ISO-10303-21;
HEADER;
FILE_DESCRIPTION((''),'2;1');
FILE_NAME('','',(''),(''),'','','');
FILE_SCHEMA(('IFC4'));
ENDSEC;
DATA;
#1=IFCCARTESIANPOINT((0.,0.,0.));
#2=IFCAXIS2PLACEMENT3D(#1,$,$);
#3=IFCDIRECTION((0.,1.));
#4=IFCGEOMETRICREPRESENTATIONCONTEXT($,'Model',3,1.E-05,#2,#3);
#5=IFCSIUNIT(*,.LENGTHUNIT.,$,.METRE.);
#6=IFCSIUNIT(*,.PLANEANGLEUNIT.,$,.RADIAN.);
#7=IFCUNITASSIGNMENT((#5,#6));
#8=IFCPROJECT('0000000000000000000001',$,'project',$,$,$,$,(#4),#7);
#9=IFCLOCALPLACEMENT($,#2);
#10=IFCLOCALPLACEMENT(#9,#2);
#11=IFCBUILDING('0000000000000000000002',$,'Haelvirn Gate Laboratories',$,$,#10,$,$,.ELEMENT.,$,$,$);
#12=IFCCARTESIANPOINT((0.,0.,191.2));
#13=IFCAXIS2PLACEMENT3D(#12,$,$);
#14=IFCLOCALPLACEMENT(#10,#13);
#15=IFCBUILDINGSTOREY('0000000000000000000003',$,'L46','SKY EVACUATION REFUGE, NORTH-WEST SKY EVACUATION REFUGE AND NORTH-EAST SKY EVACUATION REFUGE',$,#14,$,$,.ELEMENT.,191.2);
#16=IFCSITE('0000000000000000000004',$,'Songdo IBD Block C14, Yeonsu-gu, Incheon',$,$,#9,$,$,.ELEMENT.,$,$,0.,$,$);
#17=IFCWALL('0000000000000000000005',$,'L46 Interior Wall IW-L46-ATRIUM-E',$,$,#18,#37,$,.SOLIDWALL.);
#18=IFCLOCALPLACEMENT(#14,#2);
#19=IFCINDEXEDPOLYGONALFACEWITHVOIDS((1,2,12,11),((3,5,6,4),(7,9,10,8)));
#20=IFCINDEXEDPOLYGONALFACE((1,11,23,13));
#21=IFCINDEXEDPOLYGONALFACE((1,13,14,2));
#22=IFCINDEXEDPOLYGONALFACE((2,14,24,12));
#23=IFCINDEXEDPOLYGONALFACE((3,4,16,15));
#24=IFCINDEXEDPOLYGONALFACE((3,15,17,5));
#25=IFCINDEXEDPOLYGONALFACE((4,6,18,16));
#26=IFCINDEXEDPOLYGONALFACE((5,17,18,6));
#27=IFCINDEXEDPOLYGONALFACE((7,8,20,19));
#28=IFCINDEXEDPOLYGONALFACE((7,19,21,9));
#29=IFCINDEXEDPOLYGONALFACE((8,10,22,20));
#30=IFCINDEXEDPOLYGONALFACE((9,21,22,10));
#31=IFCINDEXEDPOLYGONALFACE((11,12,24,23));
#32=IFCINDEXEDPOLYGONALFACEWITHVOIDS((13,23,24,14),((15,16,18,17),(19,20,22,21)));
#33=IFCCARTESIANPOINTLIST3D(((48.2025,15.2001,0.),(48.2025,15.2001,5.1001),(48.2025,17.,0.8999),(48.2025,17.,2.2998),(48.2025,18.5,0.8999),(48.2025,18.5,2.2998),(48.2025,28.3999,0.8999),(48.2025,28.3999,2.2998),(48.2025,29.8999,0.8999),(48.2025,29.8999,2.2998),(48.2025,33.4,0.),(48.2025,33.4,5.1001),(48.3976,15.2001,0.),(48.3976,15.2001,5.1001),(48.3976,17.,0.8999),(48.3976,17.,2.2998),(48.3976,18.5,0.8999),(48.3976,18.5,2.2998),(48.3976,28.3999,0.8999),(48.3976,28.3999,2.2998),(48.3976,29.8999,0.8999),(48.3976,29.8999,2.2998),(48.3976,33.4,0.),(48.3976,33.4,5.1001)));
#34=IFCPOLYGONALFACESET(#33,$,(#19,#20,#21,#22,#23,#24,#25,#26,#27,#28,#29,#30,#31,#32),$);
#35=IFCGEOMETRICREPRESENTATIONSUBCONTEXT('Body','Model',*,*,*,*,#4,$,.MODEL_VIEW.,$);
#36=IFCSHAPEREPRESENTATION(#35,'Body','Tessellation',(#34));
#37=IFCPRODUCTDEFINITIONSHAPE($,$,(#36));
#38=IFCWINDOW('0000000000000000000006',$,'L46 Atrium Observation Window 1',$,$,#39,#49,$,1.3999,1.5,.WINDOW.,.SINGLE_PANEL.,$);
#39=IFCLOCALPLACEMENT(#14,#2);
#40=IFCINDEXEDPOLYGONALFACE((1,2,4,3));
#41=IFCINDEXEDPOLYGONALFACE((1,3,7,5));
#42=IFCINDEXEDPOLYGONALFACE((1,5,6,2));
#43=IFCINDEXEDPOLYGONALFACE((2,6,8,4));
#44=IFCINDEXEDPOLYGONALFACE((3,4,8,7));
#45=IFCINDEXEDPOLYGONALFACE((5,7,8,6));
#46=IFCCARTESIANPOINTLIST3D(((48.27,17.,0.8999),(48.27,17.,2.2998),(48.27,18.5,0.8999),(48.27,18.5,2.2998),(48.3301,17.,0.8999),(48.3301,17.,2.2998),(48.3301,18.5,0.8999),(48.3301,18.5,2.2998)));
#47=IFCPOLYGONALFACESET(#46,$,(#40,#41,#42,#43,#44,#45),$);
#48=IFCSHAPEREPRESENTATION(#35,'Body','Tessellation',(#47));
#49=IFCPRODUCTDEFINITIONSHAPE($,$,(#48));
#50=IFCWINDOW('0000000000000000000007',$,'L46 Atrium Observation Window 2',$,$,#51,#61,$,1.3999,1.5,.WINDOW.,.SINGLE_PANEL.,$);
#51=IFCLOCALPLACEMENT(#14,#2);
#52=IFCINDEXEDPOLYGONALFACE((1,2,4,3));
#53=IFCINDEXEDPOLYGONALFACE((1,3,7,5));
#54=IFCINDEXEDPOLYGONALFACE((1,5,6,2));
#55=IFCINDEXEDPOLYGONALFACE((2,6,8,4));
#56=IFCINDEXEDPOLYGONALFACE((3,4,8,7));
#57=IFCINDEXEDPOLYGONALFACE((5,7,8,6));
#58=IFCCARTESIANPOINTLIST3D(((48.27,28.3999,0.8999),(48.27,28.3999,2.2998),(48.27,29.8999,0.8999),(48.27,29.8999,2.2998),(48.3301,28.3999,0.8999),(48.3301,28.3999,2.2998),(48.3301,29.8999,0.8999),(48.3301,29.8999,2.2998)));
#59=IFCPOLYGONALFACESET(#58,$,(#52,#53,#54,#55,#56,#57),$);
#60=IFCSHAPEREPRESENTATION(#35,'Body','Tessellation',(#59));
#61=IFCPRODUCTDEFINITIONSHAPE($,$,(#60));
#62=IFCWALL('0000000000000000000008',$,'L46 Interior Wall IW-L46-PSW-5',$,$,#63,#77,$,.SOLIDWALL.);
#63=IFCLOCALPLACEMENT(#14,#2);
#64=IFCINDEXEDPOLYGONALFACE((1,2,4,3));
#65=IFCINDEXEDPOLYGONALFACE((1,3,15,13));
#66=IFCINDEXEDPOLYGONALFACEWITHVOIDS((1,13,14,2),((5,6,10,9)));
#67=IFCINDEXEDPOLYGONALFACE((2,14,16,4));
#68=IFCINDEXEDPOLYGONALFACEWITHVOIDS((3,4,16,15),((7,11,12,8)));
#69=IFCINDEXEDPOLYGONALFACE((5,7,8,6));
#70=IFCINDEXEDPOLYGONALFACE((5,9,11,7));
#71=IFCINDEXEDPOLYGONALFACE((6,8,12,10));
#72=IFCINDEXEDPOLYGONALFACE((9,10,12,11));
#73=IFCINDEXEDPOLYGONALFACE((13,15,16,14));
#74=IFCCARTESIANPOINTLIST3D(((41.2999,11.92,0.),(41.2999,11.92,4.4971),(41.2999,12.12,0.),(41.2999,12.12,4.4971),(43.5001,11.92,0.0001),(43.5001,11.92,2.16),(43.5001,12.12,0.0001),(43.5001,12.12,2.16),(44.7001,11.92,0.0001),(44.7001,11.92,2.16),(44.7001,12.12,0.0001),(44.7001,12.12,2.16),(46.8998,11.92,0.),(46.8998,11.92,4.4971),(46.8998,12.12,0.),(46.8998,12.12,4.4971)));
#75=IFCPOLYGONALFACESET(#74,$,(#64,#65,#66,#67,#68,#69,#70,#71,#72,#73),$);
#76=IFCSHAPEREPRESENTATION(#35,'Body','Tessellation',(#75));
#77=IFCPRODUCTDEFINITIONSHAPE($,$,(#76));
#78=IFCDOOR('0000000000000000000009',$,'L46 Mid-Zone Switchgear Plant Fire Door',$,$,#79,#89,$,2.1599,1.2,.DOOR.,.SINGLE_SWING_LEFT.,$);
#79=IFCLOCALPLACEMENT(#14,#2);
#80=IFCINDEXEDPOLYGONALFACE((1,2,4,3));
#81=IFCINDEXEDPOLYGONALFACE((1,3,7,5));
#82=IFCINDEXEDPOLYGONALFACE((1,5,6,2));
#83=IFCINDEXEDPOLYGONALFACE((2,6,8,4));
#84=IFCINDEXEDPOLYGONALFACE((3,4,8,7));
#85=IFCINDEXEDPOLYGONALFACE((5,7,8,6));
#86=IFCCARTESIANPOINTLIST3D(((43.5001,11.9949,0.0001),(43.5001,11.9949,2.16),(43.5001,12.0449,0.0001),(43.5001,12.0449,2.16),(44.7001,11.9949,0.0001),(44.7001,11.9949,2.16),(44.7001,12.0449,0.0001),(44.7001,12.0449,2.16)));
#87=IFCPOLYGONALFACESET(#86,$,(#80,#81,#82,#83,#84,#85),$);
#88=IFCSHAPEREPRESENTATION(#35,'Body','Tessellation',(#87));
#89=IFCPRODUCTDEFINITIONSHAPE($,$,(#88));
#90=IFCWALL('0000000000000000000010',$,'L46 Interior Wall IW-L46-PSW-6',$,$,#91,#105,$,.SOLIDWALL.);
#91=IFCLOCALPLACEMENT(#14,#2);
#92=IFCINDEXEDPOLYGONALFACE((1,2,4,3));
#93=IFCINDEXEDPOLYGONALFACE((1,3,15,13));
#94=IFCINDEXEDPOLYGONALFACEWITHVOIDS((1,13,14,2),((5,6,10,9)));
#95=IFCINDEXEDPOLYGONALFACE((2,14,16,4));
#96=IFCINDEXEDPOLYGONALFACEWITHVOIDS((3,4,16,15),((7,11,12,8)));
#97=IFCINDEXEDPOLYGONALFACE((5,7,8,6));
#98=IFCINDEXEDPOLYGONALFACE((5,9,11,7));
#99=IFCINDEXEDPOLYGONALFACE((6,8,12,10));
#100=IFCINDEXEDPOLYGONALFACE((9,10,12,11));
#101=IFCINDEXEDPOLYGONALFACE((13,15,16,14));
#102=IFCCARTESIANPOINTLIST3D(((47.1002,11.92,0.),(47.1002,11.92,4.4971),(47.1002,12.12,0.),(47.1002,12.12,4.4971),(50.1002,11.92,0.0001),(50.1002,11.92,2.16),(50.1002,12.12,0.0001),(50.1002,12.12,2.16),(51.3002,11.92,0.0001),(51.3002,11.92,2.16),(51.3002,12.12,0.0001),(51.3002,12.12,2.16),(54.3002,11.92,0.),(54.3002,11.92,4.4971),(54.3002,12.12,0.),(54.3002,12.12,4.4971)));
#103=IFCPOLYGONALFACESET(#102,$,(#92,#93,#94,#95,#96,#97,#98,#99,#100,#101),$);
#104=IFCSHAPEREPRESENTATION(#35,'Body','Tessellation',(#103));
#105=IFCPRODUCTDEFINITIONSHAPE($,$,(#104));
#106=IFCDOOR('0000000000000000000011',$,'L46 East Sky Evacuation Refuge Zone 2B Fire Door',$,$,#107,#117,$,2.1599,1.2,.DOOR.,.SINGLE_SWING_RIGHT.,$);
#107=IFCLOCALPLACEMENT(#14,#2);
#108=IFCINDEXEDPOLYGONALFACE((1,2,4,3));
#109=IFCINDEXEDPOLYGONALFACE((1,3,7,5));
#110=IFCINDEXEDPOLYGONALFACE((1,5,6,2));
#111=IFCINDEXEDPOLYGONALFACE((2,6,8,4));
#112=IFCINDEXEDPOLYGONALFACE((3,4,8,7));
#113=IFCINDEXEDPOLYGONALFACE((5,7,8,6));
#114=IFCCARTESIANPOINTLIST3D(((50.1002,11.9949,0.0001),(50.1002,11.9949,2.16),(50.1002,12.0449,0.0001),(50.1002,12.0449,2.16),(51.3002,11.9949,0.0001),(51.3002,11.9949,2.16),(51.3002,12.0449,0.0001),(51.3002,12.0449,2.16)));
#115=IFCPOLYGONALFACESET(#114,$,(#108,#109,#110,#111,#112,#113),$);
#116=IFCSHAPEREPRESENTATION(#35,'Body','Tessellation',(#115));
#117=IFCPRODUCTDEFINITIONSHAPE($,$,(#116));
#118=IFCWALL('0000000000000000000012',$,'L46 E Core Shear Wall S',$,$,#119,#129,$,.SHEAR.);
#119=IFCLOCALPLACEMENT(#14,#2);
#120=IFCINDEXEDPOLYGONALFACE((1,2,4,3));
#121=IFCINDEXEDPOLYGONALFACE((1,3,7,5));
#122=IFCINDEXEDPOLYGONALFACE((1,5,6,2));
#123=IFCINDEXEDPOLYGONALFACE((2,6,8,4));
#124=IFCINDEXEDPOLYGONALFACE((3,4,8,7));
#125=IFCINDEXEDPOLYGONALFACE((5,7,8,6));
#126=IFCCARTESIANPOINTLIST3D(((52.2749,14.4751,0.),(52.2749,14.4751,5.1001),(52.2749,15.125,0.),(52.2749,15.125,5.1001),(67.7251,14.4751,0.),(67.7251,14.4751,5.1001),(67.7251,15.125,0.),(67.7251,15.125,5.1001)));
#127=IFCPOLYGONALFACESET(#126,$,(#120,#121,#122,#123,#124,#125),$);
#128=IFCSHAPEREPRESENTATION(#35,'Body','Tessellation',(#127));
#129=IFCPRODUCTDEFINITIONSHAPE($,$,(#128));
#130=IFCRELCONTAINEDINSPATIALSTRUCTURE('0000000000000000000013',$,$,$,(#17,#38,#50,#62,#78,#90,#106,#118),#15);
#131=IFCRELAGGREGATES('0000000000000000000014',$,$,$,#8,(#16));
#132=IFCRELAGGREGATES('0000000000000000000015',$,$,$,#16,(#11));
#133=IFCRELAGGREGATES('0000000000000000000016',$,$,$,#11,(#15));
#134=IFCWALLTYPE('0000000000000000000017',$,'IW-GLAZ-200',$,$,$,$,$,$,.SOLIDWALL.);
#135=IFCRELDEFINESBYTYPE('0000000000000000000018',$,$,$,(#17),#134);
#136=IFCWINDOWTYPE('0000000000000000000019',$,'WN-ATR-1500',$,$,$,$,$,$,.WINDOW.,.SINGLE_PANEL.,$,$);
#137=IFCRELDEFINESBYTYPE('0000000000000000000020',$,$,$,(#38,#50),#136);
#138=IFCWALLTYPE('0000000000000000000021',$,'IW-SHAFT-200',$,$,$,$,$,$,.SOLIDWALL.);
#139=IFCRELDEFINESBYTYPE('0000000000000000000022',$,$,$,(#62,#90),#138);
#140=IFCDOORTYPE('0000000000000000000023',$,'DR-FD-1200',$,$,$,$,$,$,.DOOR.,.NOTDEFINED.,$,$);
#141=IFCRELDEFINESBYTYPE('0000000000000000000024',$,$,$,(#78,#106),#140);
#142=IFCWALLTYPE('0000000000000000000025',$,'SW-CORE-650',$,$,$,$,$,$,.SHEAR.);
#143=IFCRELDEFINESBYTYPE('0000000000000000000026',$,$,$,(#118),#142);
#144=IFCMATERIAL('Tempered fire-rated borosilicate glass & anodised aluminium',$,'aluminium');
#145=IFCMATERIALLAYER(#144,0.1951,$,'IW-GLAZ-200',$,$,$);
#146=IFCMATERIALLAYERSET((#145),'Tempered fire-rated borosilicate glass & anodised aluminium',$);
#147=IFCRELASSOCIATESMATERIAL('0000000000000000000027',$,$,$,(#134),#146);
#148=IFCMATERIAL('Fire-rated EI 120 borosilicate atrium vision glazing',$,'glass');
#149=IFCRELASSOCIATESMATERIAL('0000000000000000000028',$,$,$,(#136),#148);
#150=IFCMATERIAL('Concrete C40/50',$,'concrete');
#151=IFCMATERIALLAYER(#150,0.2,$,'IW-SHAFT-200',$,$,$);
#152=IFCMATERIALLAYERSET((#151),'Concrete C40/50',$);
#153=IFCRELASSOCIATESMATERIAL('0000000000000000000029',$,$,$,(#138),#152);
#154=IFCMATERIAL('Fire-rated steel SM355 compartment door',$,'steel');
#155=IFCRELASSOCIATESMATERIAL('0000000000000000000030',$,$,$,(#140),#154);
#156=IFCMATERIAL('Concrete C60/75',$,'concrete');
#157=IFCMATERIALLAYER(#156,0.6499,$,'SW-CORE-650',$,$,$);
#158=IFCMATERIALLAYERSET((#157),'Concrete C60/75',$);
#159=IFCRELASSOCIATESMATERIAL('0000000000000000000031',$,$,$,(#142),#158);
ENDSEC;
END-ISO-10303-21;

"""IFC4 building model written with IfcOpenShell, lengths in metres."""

from ifc_helpers import new_model, si_unit, direction, frame, frame_2d, origin, place, context, subcontext, project, spatial, rectangle, extrude, source, transform, mapped, material, layer, layer_set, type_object, type_shapes, element, fill, save


model = new_model("IFC4")

# Units and contexts
model_context = context("Model", 3, precision=1e-05, world=origin(), true_north=direction((0.0, 1.0)))
body_context = subcontext(model_context, "Body", "Model", "MODEL_VIEW")
ifc_project = project(units=[si_unit("LENGTHUNIT", "METRE"), si_unit("PLANEANGLEUNIT", "RADIAN")], contexts=[model_context])

# Site, building, storey
site_placement = place(None, origin())
site = spatial("IfcSite", under=ifc_project, at=site_placement, Name="Songdo IBD Block C14, Yeonsu-gu, Incheon", CompositionType="ELEMENT", RefElevation=0.0)
building_placement = place(site_placement, origin())
building = spatial("IfcBuilding", under=site, at=building_placement, Name="Haelvirn Gate Laboratories", CompositionType="ELEMENT")
storey_placement = place(building_placement, frame((0.0, 0.0, 191.2)))
storey = spatial("IfcBuildingStorey", under=building, at=storey_placement, Name="L46", Description="SKY EVACUATION REFUGE, NORTH-WEST SKY EVACUATION REFUGE AND NORTH-EAST SKY EVACUATION REFUGE", CompositionType="ELEMENT", Elevation=191.2)

# Shared definitions
ifc_material_1 = material(Name="Concrete C60/75", Category="concrete")

# Wall, openings, windows
ifc_material_2 = material(Name="Tempered fire-rated borosilicate glass & anodised aluminium", Category="aluminium")
ifc_layer_1 = layer(ifc_material_2, 0.1951, Name="IW-GLAZ-200")
ifc_layer_set_1 = layer_set([ifc_layer_1], Name="Tempered fire-rated borosilicate glass & anodised aluminium")
wall_type_1 = type_object("IfcWallType", Name="IW-GLAZ-200", PredefinedType="SOLIDWALL", material=ifc_layer_set_1)
wall_1_placement = place(storey_placement, frame((48.3, 15.2, 0.0), z_axis=(0.0, 0.0, 1.0), x_axis=(0.0, 1.0, 0.0)))
wall_1 = element("IfcWall", 1, at=wall_1_placement, inside=storey, type_object=wall_type_1, Name="L46 Interior Wall IW-L46-ATRIUM-E", PredefinedType="SOLIDWALL", context=body_context, shape_type="SweptSolid", body=[
    extrude(rectangle(XDim=18.2, YDim=0.1951, at=frame_2d((9.1001, 0.0))), origin(), (0.0, 0.0, 1.0), 5.1001),
])
opening_1_placement = place(wall_1_placement, frame((1.8, 0.0, 0.8999)))
opening_1 = element("IfcOpeningElement", 2, at=opening_1_placement, cuts=wall_1, PredefinedType="OPENING", context=body_context, shape_type="SweptSolid", body=[
    extrude(rectangle(XDim=1.5, YDim=1.3999, at=frame_2d((0.75, 0.7))), frame((0.0, 0.1074, 0.0), z_axis=(0.0, -1.0, 0.0), x_axis=(1.0, 0.0, 0.0)), (0.0, 0.0, 1.0), 0.2151),
])
opening_2_placement = place(wall_1_placement, frame((13.2, 0.0, 0.8999)))
opening_2 = element("IfcOpeningElement", 3, at=opening_2_placement, cuts=wall_1, PredefinedType="OPENING", context=body_context, shape_type="SweptSolid", body=[
    extrude(rectangle(XDim=1.5, YDim=1.3999, at=frame_2d((0.75, 0.7))), frame((0.0, 0.1074, 0.0), z_axis=(0.0, -1.0, 0.0), x_axis=(1.0, 0.0, 0.0)), (0.0, 0.0, 1.0), 0.2151),
])
ifc_material_3 = material(Name="Fire-rated EI 120 borosilicate atrium vision glazing", Category="glass")
window_type = type_object("IfcWindowType", Name="WN-ATR-1500", PartitioningType="SINGLE_PANEL", PredefinedType="WINDOW", material=ifc_material_3)
shared_shape_1 = source(origin(), body_context, "Body", "SweptSolid", [
    extrude(rectangle(XDim=1.5, YDim=1.3999, at=frame_2d((0.75, 0.7))), frame((0.0, 0.03, 0.0), z_axis=(0.0, -1.0, 0.0), x_axis=(1.0, 0.0, 0.0)), (0.0, 0.0, 1.0), 0.0601),
])
type_shapes(window_type, [shared_shape_1])
window_1_placement = place(opening_1_placement, origin())
window_1 = element("IfcWindow", 4, at=window_1_placement, inside=storey, type_object=window_type, Name="L46 Atrium Observation Window 1", OverallHeight=1.3999, OverallWidth=1.5, PartitioningType="SINGLE_PANEL", PredefinedType="WINDOW", context=body_context, shape_type="MappedRepresentation", body=[
    mapped(shared_shape_1, transform((0.0, 0.0, 0.0), scale=1.0)),
])
fill(opening_1, window_1)
window_2_placement = place(opening_2_placement, origin())
window_2 = element("IfcWindow", 5, at=window_2_placement, inside=storey, type_object=window_type, Name="L46 Atrium Observation Window 2", OverallHeight=1.3999, OverallWidth=1.5, PartitioningType="SINGLE_PANEL", PredefinedType="WINDOW", context=body_context, shape_type="MappedRepresentation", body=[
    mapped(shared_shape_1, transform((0.0, 0.0, 0.0), scale=1.0)),
])
fill(opening_2, window_2)

# Walls, openings, doors
ifc_material_4 = material(Name="Concrete C40/50", Category="concrete")
ifc_layer_2 = layer(ifc_material_4, 0.2, Name="IW-SHAFT-200")
ifc_layer_set_2 = layer_set([ifc_layer_2], Name="Concrete C40/50")
wall_type_2 = type_object("IfcWallType", Name="IW-SHAFT-200", PredefinedType="SOLIDWALL", material=ifc_layer_set_2)
wall_2_placement = place(storey_placement, frame((41.3, 12.02, 0.0), z_axis=(0.0, 0.0, 1.0), x_axis=(1.0, 0.0, 0.0)))
wall_2 = element("IfcWall", 6, at=wall_2_placement, inside=storey, type_object=wall_type_2, Name="L46 Interior Wall IW-L46-PSW-5", PredefinedType="SOLIDWALL", context=body_context, shape_type="SweptSolid", body=[
    extrude(rectangle(XDim=5.5999, YDim=0.2, at=frame_2d((2.7998, 0.0))), origin(), (0.0, 0.0, 1.0), 4.4971),
])
opening_3_placement = place(wall_2_placement, frame((2.2, 0.0, 0.0)))
opening_3 = element("IfcOpeningElement", 7, at=opening_3_placement, cuts=wall_2, PredefinedType="OPENING", context=body_context, shape_type="SweptSolid", body=[
    extrude(rectangle(XDim=1.2, YDim=2.1599, at=frame_2d((0.6001, 1.0801))), frame((0.0, 0.1099, 0.0), z_axis=(0.0, -1.0, 0.0), x_axis=(1.0, 0.0, 0.0)), (0.0, 0.0, 1.0), 0.22),
])
ifc_material_5 = material(Name="Fire-rated steel SM355 compartment door", Category="steel")
door_type = type_object("IfcDoorType", Name="DR-FD-1200", OperationType="NOTDEFINED", PredefinedType="DOOR", material=ifc_material_5)
shared_shape_2 = source(origin(), body_context, "Body", "SweptSolid", [
    extrude(rectangle(XDim=1.2, YDim=2.1599, at=frame_2d((0.6001, 1.0801))), frame((0.0, 0.0249, 0.0), z_axis=(0.0, -1.0, 0.0), x_axis=(1.0, 0.0, 0.0)), (0.0, 0.0, 1.0), 0.05),
])
type_shapes(door_type, [shared_shape_2])
door_1_placement = place(opening_3_placement, origin())
door_1 = element("IfcDoor", 8, at=door_1_placement, inside=storey, type_object=door_type, Name="L46 Mid-Zone Switchgear Plant Fire Door", OperationType="SINGLE_SWING_LEFT", OverallHeight=2.1599, OverallWidth=1.2, PredefinedType="DOOR", context=body_context, shape_type="MappedRepresentation", body=[
    mapped(shared_shape_2, transform((0.0, 0.0, 0.0), scale=1.0)),
])
fill(opening_3, door_1)
wall_3_placement = place(storey_placement, frame((47.1001, 12.02, 0.0), z_axis=(0.0, 0.0, 1.0), x_axis=(1.0, 0.0, 0.0)))
wall_3 = element("IfcWall", 9, at=wall_3_placement, inside=storey, type_object=wall_type_2, Name="L46 Interior Wall IW-L46-PSW-6", PredefinedType="SOLIDWALL", context=body_context, shape_type="SweptSolid", body=[
    extrude(rectangle(XDim=7.2, YDim=0.2, at=frame_2d((3.6001, 0.0))), origin(), (0.0, 0.0, 1.0), 4.4971),
])
opening_4_placement = place(wall_3_placement, frame((3.0, 0.0, 0.0)))
opening_4 = element("IfcOpeningElement", 10, at=opening_4_placement, cuts=wall_3, PredefinedType="OPENING", context=body_context, shape_type="SweptSolid", body=[
    extrude(rectangle(XDim=1.2, YDim=2.1599, at=frame_2d((0.6001, 1.0801))), frame((0.0, 0.1099, 0.0), z_axis=(0.0, -1.0, 0.0), x_axis=(1.0, 0.0, 0.0)), (0.0, 0.0, 1.0), 0.22),
])
door_2_placement = place(opening_4_placement, origin())
door_2 = element("IfcDoor", 11, at=door_2_placement, inside=storey, type_object=door_type, Name="L46 East Sky Evacuation Refuge Zone 2B Fire Door", OperationType="SINGLE_SWING_RIGHT", OverallHeight=2.1599, OverallWidth=1.2, PredefinedType="DOOR", context=body_context, shape_type="MappedRepresentation", body=[
    mapped(shared_shape_2, transform((0.0, 0.0, 0.0), scale=1.0)),
])
fill(opening_4, door_2)

# Wall
ifc_layer_3 = layer(ifc_material_1, 0.6499, Name="SW-CORE-650")
ifc_layer_set_3 = layer_set([ifc_layer_3], Name="Concrete C60/75")
wall_type_3 = type_object("IfcWallType", Name="SW-CORE-650", PredefinedType="SHEAR", material=ifc_layer_set_3)
wall_4_placement = place(storey_placement, frame((52.2749, 14.8, 0.0), z_axis=(0.0, 0.0, 1.0), x_axis=(1.0, 0.0, 0.0)))
element("IfcWall", 12, at=wall_4_placement, inside=storey, type_object=wall_type_3, Name="L46 E Core Shear Wall S", PredefinedType="SHEAR", context=body_context, shape_type="SweptSolid", body=[
    extrude(rectangle(XDim=15.4502, YDim=0.6499, at=frame_2d((7.7251, 0.0))), origin(), (0.0, 0.0, 1.0), 5.1001),
])

save(model, "model.ifc")
